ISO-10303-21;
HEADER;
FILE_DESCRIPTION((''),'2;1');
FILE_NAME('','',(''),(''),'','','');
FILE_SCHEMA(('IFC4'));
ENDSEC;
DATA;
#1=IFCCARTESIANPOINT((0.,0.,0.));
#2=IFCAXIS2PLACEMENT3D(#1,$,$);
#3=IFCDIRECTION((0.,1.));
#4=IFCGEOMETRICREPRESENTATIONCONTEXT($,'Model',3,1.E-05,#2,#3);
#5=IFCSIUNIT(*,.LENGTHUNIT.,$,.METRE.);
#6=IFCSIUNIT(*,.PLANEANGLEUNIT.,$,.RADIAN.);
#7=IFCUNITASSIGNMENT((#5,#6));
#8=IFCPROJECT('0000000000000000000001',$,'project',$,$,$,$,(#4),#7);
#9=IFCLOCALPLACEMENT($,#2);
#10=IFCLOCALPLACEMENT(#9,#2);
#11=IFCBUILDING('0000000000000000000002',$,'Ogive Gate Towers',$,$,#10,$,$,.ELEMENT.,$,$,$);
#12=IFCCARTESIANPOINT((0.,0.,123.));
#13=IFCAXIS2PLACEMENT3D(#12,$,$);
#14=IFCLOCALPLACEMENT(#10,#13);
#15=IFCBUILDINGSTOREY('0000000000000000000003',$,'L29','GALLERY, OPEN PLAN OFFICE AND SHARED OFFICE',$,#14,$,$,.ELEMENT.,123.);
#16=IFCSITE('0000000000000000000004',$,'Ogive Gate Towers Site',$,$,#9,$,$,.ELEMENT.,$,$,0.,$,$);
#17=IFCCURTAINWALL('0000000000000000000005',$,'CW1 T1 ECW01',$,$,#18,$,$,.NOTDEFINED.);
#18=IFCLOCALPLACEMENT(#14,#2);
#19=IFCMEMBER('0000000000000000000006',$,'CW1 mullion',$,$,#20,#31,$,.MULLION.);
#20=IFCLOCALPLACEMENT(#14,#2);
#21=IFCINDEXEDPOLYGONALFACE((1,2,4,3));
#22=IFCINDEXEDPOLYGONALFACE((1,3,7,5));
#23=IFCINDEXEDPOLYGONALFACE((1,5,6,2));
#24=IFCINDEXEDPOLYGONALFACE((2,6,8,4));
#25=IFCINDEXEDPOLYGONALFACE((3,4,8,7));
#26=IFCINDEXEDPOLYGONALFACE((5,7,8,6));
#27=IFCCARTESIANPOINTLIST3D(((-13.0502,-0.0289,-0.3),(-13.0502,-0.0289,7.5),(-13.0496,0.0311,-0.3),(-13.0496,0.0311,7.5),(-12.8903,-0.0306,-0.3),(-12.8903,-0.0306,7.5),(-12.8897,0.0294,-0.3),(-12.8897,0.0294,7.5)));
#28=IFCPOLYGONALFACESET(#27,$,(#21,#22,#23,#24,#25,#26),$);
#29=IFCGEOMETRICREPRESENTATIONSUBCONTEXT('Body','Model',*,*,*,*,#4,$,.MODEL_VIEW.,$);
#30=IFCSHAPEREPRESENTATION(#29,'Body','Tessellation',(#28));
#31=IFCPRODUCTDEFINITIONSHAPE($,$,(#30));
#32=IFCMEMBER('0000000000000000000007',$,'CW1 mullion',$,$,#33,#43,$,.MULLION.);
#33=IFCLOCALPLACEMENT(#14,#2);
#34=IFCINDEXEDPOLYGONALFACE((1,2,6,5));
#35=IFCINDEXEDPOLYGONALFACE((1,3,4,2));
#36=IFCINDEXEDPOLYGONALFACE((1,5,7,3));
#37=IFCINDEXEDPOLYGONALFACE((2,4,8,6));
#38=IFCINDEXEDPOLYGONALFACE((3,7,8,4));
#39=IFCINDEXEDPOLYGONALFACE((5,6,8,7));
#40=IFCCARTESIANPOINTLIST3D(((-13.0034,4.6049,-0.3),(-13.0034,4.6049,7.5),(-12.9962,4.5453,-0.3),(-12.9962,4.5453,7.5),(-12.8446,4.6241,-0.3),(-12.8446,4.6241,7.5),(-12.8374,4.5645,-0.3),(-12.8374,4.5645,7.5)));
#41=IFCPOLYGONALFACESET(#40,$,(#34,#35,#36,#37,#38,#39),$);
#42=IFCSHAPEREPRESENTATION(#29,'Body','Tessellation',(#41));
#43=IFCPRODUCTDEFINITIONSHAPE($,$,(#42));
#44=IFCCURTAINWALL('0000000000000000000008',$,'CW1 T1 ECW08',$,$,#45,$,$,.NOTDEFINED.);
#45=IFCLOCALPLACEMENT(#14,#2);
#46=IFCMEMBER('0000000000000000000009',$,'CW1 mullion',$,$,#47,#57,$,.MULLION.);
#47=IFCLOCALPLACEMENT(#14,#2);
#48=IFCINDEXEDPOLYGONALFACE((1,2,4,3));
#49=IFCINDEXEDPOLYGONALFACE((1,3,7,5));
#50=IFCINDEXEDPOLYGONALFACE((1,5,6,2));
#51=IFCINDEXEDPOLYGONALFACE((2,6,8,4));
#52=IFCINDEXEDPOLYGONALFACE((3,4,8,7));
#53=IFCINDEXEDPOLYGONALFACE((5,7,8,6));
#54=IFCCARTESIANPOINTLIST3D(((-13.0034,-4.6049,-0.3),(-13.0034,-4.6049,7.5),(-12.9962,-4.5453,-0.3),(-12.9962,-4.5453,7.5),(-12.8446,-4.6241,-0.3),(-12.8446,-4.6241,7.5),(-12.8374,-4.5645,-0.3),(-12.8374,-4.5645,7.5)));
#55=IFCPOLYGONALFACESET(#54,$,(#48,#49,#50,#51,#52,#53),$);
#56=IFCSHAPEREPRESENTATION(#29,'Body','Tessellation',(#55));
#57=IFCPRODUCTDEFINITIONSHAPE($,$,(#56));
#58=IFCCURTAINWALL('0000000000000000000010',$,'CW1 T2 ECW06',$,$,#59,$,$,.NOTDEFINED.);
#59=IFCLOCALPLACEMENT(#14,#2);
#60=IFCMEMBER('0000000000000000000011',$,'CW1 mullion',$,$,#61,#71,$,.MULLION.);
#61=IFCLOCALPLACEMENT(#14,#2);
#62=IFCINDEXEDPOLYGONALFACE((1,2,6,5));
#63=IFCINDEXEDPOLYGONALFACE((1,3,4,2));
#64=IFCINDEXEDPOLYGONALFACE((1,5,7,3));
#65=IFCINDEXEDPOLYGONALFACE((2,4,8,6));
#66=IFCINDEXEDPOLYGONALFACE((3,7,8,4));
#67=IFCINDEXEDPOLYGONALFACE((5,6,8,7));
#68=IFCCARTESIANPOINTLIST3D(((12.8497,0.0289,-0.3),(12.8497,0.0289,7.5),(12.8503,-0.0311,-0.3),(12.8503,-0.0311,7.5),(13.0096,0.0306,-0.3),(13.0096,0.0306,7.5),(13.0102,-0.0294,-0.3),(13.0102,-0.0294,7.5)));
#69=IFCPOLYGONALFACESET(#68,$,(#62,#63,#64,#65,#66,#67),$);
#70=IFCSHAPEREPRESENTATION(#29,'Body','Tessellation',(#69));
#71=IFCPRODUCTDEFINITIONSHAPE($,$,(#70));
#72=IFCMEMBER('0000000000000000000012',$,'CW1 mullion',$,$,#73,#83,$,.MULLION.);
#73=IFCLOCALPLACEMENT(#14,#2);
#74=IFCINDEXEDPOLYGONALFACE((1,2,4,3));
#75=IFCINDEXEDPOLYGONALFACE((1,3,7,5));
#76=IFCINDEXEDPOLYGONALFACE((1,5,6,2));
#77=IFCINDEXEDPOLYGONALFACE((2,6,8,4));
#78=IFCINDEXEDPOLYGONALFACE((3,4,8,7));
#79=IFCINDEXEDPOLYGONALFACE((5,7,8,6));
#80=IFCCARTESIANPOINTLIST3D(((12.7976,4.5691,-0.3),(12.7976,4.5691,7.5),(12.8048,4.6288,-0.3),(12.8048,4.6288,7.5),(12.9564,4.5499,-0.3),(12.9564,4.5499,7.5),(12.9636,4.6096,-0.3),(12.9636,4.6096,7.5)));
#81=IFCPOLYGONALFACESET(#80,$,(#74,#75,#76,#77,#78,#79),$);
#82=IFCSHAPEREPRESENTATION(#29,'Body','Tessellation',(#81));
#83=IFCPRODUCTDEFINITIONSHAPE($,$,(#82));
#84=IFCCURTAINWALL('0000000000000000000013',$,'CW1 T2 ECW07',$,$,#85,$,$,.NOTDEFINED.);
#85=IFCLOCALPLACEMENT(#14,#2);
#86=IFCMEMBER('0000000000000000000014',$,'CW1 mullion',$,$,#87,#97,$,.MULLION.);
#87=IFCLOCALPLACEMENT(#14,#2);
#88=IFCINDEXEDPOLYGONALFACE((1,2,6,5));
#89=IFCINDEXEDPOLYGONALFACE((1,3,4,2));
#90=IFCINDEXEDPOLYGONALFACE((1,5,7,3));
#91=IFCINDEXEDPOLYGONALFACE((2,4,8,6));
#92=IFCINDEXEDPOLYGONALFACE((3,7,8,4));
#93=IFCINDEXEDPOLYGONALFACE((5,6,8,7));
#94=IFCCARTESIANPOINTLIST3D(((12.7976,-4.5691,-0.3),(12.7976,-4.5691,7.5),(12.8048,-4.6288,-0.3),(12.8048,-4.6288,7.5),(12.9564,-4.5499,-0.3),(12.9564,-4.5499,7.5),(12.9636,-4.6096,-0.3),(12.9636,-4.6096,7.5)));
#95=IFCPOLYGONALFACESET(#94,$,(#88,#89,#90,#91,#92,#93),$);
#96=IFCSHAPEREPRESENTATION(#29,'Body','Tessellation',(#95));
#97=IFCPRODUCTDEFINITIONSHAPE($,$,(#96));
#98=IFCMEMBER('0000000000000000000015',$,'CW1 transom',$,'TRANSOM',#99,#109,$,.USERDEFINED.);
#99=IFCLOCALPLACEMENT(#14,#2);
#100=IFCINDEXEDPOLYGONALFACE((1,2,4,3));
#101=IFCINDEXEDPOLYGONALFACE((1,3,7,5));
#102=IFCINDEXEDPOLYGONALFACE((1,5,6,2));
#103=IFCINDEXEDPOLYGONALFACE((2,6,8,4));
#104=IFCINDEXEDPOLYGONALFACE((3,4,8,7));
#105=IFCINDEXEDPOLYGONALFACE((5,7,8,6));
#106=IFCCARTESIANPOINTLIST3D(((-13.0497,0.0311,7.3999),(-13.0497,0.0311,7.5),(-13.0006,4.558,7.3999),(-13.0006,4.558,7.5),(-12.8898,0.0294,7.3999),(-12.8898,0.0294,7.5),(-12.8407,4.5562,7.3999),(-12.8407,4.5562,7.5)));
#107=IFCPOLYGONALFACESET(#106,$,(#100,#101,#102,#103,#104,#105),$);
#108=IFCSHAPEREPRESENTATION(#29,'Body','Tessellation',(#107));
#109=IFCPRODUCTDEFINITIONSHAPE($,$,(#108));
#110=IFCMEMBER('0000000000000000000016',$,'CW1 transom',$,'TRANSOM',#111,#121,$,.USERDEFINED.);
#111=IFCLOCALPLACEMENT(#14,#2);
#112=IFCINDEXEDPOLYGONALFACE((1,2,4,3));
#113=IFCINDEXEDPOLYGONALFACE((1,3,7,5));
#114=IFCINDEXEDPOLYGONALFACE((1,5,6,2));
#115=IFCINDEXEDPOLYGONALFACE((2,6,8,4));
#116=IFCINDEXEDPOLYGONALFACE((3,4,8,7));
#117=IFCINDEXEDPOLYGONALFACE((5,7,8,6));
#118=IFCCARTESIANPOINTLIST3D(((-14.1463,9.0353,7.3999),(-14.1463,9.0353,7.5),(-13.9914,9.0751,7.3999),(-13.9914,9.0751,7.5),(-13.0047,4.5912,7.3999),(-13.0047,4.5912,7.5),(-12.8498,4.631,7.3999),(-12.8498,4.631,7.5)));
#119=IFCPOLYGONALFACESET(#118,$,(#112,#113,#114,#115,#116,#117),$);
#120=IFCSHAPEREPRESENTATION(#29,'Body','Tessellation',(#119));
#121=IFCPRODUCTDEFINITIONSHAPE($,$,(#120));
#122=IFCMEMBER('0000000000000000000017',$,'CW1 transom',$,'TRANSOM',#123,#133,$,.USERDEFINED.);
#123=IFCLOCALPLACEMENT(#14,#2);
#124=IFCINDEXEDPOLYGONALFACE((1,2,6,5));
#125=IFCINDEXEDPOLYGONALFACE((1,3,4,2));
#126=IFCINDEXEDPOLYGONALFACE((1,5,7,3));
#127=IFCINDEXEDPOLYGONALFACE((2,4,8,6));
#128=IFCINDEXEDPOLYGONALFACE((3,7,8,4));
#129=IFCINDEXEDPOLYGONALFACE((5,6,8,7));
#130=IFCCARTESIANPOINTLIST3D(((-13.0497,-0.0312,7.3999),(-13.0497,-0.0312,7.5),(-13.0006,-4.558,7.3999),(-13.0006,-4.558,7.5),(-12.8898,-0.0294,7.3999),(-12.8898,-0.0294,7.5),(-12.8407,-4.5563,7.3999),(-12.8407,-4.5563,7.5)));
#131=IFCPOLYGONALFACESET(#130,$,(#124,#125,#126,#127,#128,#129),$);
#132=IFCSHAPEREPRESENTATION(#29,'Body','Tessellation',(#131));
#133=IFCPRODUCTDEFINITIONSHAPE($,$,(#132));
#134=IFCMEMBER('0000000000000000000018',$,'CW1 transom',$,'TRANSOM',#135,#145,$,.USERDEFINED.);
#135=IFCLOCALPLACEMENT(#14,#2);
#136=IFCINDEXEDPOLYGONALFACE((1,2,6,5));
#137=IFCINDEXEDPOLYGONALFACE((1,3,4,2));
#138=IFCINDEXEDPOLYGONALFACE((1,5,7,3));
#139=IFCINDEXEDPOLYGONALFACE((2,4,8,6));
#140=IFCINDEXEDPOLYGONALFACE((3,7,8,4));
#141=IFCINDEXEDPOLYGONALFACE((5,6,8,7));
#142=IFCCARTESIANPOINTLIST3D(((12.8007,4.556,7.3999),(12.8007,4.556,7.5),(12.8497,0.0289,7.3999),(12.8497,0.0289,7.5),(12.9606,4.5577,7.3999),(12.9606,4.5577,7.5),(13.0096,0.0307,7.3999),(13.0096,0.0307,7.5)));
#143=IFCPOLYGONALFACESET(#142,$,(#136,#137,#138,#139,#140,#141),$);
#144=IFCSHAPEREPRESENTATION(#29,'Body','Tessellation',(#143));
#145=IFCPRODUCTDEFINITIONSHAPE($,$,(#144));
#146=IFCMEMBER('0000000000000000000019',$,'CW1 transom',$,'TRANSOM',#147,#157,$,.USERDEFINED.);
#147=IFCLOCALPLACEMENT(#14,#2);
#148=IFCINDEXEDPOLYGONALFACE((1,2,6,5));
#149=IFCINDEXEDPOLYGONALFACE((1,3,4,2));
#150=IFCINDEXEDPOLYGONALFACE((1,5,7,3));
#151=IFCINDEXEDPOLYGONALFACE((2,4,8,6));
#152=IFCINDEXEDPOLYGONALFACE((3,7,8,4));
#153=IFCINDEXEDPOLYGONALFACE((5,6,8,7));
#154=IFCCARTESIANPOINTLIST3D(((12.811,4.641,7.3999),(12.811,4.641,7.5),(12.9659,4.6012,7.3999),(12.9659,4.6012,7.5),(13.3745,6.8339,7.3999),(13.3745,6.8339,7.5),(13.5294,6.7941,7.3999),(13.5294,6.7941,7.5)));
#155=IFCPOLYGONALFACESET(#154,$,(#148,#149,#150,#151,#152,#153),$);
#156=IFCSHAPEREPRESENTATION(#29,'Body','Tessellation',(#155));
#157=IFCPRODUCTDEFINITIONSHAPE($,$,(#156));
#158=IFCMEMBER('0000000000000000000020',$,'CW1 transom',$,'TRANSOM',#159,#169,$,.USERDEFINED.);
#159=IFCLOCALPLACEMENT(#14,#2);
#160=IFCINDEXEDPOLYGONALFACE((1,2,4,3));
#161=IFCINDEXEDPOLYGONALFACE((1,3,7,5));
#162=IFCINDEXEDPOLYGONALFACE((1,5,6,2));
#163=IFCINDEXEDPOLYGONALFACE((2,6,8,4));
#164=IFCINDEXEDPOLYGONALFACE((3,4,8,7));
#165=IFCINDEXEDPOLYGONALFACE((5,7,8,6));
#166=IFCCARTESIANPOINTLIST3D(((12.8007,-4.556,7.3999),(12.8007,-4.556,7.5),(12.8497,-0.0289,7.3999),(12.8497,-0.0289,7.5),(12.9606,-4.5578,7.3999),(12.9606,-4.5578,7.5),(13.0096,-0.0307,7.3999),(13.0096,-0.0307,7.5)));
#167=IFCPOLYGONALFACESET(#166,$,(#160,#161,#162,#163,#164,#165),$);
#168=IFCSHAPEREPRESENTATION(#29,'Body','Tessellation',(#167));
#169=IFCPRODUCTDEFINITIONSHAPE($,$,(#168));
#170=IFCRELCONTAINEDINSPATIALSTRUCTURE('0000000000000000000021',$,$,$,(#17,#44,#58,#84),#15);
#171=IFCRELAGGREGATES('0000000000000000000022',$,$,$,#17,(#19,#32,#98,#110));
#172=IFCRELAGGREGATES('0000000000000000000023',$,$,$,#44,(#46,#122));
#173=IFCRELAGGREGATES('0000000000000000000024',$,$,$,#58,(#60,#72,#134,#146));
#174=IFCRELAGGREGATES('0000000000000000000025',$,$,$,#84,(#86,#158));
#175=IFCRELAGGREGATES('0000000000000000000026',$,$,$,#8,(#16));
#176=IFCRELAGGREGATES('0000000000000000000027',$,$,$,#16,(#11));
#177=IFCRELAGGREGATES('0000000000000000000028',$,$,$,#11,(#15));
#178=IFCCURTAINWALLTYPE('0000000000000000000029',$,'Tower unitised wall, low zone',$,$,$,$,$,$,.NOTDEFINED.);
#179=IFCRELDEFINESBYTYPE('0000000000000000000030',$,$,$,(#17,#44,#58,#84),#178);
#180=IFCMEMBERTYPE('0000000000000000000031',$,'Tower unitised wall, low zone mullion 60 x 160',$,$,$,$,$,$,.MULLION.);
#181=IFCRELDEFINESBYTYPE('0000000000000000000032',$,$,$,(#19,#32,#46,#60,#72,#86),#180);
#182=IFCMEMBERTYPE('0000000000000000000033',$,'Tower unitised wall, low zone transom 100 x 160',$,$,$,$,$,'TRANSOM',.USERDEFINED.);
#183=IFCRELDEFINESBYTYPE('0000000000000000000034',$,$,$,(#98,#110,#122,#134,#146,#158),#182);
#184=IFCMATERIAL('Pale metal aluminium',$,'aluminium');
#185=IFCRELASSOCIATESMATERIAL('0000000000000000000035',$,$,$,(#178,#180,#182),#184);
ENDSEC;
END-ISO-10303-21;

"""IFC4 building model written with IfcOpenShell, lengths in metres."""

from ifc_helpers import new_model, si_unit, direction, frame, origin, origin_2d, place, context, subcontext, project, spatial, rectangle, extrude, material, material_profile, profile_set, type_object, element, aggregate, save


model = new_model("IFC4")

# Units and contexts
model_context = context("Model", 3, precision=1e-05, world=origin(), true_north=direction((0.0, 1.0)))
body_context = subcontext(model_context, "Body", "Model", "MODEL_VIEW")
ifc_project = project(units=[si_unit("LENGTHUNIT", "METRE"), si_unit("PLANEANGLEUNIT", "RADIAN")], contexts=[model_context])

# Site, building, storey
site_placement = place(None, origin())
site = spatial("IfcSite", under=ifc_project, at=site_placement, Name="Ogive Gate Towers Site", CompositionType="ELEMENT", RefElevation=0.0)
building_placement = place(site_placement, origin())
building = spatial("IfcBuilding", under=site, at=building_placement, Name="Ogive Gate Towers", CompositionType="ELEMENT")
storey_placement = place(building_placement, frame((0.0, 0.0, 123.0)))
storey = spatial("IfcBuildingStorey", under=building, at=storey_placement, Name="L29", Description="GALLERY, OPEN PLAN OFFICE AND SHARED OFFICE", CompositionType="ELEMENT", Elevation=123.0)

# Curtain wall, members
ifc_material_1 = material(Name="Pale metal aluminium", Category="aluminium")
curtain_wall_type = type_object("IfcCurtainWallType", Name="Tower unitised wall, low zone", PredefinedType="NOTDEFINED", material=ifc_material_1)
curtain_wall_1_placement = place(storey_placement, origin())
curtain_wall_1 = element("IfcCurtainWall", 1, at=curtain_wall_1_placement, inside=storey, type_object=curtain_wall_type, Name="CW1 T1 ECW01", PredefinedType="NOTDEFINED")
ifc_material_profile_1 = material_profile(ifc_material_1, rectangle(XDim=0.1599, YDim=0.0601, at=origin_2d()), Name="60 x 160 aluminium box")
ifc_profile_set_1 = profile_set([ifc_material_profile_1], Name="Pale metal aluminium")
member_type_1 = type_object("IfcMemberType", Name="Tower unitised wall, low zone mullion 60 x 160", PredefinedType="MULLION", material=ifc_profile_set_1)
member_1_placement = place(storey_placement, frame((-12.97, 0.0002, -0.3), z_axis=(0.0, 0.0, 1.0), x_axis=(0.999941, -0.010821, 0.0)))
member_1 = element("IfcMember", 2, at=member_1_placement, type_object=member_type_1, Name="CW1 mullion", PredefinedType="MULLION", context=body_context, shape_type="SweptSolid", body=[
    extrude(rectangle(XDim=0.1599, YDim=0.0601, at=origin_2d()), origin(), (0.0, 0.0, 1.0), 7.8),
])
member_2_placement = place(storey_placement, frame((-12.9204, 4.5847, -0.3), z_axis=(0.0, 0.0, 1.0), x_axis=(0.99277, 0.120033, 0.0)))
member_2 = element("IfcMember", 3, at=member_2_placement, type_object=member_type_1, Name="CW1 mullion", PredefinedType="MULLION", context=body_context, shape_type="SweptSolid", body=[
    extrude(rectangle(XDim=0.1599, YDim=0.0601, at=origin_2d()), origin(), (0.0, 0.0, 1.0), 7.8),
])

# Curtain wall, member
curtain_wall_2_placement = place(storey_placement, origin())
curtain_wall_2 = element("IfcCurtainWall", 4, at=curtain_wall_2_placement, inside=storey, type_object=curtain_wall_type, Name="CW1 T1 ECW08", PredefinedType="NOTDEFINED")
member_3_placement = place(storey_placement, frame((-12.9204, -4.5847, -0.3), z_axis=(0.0, 0.0, 1.0), x_axis=(0.99277, -0.120033, 0.0)))
member_3 = element("IfcMember", 5, at=member_3_placement, type_object=member_type_1, Name="CW1 mullion", PredefinedType="MULLION", context=body_context, shape_type="SweptSolid", body=[
    extrude(rectangle(XDim=0.1599, YDim=0.0601, at=origin_2d()), origin(), (0.0, 0.0, 1.0), 7.8),
])

# Curtain wall, members
curtain_wall_3_placement = place(storey_placement, origin())
curtain_wall_3 = element("IfcCurtainWall", 6, at=curtain_wall_3_placement, inside=storey, type_object=curtain_wall_type, Name="CW1 T2 ECW06", PredefinedType="NOTDEFINED")
member_4_placement = place(storey_placement, frame((12.9299, -0.0002, -0.3), z_axis=(0.0, 0.0, 1.0), x_axis=(0.999941, 0.010821, 0.0)))
member_4 = element("IfcMember", 7, at=member_4_placement, type_object=member_type_1, Name="CW1 mullion", PredefinedType="MULLION", context=body_context, shape_type="SweptSolid", body=[
    extrude(rectangle(XDim=0.1599, YDim=0.0601, at=origin_2d()), origin(), (0.0, 0.0, 1.0), 7.8),
])
member_5_placement = place(storey_placement, frame((12.8806, 4.5894, -0.3), z_axis=(0.0, 0.0, 1.0), x_axis=(0.99277, -0.120033, 0.0)))
member_5 = element("IfcMember", 8, at=member_5_placement, type_object=member_type_1, Name="CW1 mullion", PredefinedType="MULLION", context=body_context, shape_type="SweptSolid", body=[
    extrude(rectangle(XDim=0.1599, YDim=0.0601, at=origin_2d()), origin(), (0.0, 0.0, 1.0), 7.8),
])

# Curtain wall, member
curtain_wall_4_placement = place(storey_placement, origin())
curtain_wall_4 = element("IfcCurtainWall", 9, at=curtain_wall_4_placement, inside=storey, type_object=curtain_wall_type, Name="CW1 T2 ECW07", PredefinedType="NOTDEFINED")
member_6_placement = place(storey_placement, frame((12.8806, -4.5894, -0.3), z_axis=(0.0, 0.0, 1.0), x_axis=(0.99277, 0.120033, 0.0)))
member_6 = element("IfcMember", 10, at=member_6_placement, type_object=member_type_1, Name="CW1 mullion", PredefinedType="MULLION", context=body_context, shape_type="SweptSolid", body=[
    extrude(rectangle(XDim=0.1599, YDim=0.0601, at=origin_2d()), origin(), (0.0, 0.0, 1.0), 7.8),
])

# Members
ifc_material_profile_2 = material_profile(ifc_material_1, rectangle(XDim=0.1599, YDim=0.1001, at=origin_2d()), Name="100 x 160 aluminium box")
ifc_profile_set_2 = profile_set([ifc_material_profile_2], Name="Pale metal aluminium")
member_type_2 = type_object("IfcMemberType", Name="Tower unitised wall, low zone transom 100 x 160", ElementType="TRANSOM", PredefinedType="USERDEFINED", material=ifc_profile_set_2)
member_7_placement = place(storey_placement, frame((-12.9697, 0.0303, 7.45), z_axis=(0.01084, 0.999941, 0.0), x_axis=(-0.999941, 0.01084, 0.0)))
member_7 = element("IfcMember", 11, at=member_7_placement, type_object=member_type_2, Name="CW1 transom", ObjectType="TRANSOM", PredefinedType="USERDEFINED", context=body_context, shape_type="SweptSolid", body=[
    extrude(rectangle(XDim=0.1599, YDim=0.1001, at=origin_2d()), origin(), (0.0, 0.0, 1.0), 4.5271),
])
member_8_placement = place(storey_placement, frame((-12.9272, 4.6111, 7.45), z_axis=(-0.248803, 0.968554, 0.0), x_axis=(-0.968554, -0.248803, 0.0)))
member_8 = element("IfcMember", 12, at=member_8_placement, type_object=member_type_2, Name="CW1 transom", ObjectType="TRANSOM", PredefinedType="USERDEFINED", context=body_context, shape_type="SweptSolid", body=[
    extrude(rectangle(XDim=0.1599, YDim=0.1001, at=origin_2d()), origin(), (0.0, 0.0, 1.0), 4.5884),
])
member_9_placement = place(storey_placement, frame((-12.9207, -4.5571, 7.45), z_axis=(-0.01084, 0.999941, 0.0), x_axis=(-0.999941, -0.01084, 0.0)))
member_9 = element("IfcMember", 13, at=member_9_placement, type_object=member_type_2, Name="CW1 transom", ObjectType="TRANSOM", PredefinedType="USERDEFINED", context=body_context, shape_type="SweptSolid", body=[
    extrude(rectangle(XDim=0.1599, YDim=0.1001, at=origin_2d()), origin(), (0.0, 0.0, 1.0), 4.5271),
])
member_10_placement = place(storey_placement, frame((12.9297, 0.0298, 7.45), z_axis=(-0.010839, 0.999941, 0.0), x_axis=(-0.999941, -0.010839, 0.0)))
member_10 = element("IfcMember", 14, at=member_10_placement, type_object=member_type_2, Name="CW1 transom", ObjectType="TRANSOM", PredefinedType="USERDEFINED", context=body_context, shape_type="SweptSolid", body=[
    extrude(rectangle(XDim=0.1599, YDim=0.1001, at=origin_2d()), origin(), (0.0, 0.0, 1.0), 4.5273),
])
member_11_placement = place(storey_placement, frame((12.8884, 4.6211, 7.45), z_axis=(0.248873, 0.968536, 0.0), x_axis=(-0.968536, 0.248873, 0.0)))
member_11 = element("IfcMember", 15, at=member_11_placement, type_object=member_type_2, Name="CW1 transom", ObjectType="TRANSOM", PredefinedType="USERDEFINED", context=body_context, shape_type="SweptSolid", body=[
    extrude(rectangle(XDim=0.1599, YDim=0.1001, at=origin_2d()), origin(), (0.0, 0.0, 1.0), 2.2642),
])
member_12_placement = place(storey_placement, frame((12.8806, -4.5569, 7.45), z_axis=(0.010839, 0.999941, 0.0), x_axis=(-0.999941, 0.010839, 0.0)))
member_12 = element("IfcMember", 16, at=member_12_placement, type_object=member_type_2, Name="CW1 transom", ObjectType="TRANSOM", PredefinedType="USERDEFINED", context=body_context, shape_type="SweptSolid", body=[
    extrude(rectangle(XDim=0.1599, YDim=0.1001, at=origin_2d()), origin(), (0.0, 0.0, 1.0), 4.5273),
])

aggregate(curtain_wall_1, [member_1, member_2, member_7, member_8])
aggregate(curtain_wall_2, [member_3, member_9])
aggregate(curtain_wall_3, [member_4, member_5, member_10, member_11])
aggregate(curtain_wall_4, [member_6, member_12])

save(model, "model.ifc")
